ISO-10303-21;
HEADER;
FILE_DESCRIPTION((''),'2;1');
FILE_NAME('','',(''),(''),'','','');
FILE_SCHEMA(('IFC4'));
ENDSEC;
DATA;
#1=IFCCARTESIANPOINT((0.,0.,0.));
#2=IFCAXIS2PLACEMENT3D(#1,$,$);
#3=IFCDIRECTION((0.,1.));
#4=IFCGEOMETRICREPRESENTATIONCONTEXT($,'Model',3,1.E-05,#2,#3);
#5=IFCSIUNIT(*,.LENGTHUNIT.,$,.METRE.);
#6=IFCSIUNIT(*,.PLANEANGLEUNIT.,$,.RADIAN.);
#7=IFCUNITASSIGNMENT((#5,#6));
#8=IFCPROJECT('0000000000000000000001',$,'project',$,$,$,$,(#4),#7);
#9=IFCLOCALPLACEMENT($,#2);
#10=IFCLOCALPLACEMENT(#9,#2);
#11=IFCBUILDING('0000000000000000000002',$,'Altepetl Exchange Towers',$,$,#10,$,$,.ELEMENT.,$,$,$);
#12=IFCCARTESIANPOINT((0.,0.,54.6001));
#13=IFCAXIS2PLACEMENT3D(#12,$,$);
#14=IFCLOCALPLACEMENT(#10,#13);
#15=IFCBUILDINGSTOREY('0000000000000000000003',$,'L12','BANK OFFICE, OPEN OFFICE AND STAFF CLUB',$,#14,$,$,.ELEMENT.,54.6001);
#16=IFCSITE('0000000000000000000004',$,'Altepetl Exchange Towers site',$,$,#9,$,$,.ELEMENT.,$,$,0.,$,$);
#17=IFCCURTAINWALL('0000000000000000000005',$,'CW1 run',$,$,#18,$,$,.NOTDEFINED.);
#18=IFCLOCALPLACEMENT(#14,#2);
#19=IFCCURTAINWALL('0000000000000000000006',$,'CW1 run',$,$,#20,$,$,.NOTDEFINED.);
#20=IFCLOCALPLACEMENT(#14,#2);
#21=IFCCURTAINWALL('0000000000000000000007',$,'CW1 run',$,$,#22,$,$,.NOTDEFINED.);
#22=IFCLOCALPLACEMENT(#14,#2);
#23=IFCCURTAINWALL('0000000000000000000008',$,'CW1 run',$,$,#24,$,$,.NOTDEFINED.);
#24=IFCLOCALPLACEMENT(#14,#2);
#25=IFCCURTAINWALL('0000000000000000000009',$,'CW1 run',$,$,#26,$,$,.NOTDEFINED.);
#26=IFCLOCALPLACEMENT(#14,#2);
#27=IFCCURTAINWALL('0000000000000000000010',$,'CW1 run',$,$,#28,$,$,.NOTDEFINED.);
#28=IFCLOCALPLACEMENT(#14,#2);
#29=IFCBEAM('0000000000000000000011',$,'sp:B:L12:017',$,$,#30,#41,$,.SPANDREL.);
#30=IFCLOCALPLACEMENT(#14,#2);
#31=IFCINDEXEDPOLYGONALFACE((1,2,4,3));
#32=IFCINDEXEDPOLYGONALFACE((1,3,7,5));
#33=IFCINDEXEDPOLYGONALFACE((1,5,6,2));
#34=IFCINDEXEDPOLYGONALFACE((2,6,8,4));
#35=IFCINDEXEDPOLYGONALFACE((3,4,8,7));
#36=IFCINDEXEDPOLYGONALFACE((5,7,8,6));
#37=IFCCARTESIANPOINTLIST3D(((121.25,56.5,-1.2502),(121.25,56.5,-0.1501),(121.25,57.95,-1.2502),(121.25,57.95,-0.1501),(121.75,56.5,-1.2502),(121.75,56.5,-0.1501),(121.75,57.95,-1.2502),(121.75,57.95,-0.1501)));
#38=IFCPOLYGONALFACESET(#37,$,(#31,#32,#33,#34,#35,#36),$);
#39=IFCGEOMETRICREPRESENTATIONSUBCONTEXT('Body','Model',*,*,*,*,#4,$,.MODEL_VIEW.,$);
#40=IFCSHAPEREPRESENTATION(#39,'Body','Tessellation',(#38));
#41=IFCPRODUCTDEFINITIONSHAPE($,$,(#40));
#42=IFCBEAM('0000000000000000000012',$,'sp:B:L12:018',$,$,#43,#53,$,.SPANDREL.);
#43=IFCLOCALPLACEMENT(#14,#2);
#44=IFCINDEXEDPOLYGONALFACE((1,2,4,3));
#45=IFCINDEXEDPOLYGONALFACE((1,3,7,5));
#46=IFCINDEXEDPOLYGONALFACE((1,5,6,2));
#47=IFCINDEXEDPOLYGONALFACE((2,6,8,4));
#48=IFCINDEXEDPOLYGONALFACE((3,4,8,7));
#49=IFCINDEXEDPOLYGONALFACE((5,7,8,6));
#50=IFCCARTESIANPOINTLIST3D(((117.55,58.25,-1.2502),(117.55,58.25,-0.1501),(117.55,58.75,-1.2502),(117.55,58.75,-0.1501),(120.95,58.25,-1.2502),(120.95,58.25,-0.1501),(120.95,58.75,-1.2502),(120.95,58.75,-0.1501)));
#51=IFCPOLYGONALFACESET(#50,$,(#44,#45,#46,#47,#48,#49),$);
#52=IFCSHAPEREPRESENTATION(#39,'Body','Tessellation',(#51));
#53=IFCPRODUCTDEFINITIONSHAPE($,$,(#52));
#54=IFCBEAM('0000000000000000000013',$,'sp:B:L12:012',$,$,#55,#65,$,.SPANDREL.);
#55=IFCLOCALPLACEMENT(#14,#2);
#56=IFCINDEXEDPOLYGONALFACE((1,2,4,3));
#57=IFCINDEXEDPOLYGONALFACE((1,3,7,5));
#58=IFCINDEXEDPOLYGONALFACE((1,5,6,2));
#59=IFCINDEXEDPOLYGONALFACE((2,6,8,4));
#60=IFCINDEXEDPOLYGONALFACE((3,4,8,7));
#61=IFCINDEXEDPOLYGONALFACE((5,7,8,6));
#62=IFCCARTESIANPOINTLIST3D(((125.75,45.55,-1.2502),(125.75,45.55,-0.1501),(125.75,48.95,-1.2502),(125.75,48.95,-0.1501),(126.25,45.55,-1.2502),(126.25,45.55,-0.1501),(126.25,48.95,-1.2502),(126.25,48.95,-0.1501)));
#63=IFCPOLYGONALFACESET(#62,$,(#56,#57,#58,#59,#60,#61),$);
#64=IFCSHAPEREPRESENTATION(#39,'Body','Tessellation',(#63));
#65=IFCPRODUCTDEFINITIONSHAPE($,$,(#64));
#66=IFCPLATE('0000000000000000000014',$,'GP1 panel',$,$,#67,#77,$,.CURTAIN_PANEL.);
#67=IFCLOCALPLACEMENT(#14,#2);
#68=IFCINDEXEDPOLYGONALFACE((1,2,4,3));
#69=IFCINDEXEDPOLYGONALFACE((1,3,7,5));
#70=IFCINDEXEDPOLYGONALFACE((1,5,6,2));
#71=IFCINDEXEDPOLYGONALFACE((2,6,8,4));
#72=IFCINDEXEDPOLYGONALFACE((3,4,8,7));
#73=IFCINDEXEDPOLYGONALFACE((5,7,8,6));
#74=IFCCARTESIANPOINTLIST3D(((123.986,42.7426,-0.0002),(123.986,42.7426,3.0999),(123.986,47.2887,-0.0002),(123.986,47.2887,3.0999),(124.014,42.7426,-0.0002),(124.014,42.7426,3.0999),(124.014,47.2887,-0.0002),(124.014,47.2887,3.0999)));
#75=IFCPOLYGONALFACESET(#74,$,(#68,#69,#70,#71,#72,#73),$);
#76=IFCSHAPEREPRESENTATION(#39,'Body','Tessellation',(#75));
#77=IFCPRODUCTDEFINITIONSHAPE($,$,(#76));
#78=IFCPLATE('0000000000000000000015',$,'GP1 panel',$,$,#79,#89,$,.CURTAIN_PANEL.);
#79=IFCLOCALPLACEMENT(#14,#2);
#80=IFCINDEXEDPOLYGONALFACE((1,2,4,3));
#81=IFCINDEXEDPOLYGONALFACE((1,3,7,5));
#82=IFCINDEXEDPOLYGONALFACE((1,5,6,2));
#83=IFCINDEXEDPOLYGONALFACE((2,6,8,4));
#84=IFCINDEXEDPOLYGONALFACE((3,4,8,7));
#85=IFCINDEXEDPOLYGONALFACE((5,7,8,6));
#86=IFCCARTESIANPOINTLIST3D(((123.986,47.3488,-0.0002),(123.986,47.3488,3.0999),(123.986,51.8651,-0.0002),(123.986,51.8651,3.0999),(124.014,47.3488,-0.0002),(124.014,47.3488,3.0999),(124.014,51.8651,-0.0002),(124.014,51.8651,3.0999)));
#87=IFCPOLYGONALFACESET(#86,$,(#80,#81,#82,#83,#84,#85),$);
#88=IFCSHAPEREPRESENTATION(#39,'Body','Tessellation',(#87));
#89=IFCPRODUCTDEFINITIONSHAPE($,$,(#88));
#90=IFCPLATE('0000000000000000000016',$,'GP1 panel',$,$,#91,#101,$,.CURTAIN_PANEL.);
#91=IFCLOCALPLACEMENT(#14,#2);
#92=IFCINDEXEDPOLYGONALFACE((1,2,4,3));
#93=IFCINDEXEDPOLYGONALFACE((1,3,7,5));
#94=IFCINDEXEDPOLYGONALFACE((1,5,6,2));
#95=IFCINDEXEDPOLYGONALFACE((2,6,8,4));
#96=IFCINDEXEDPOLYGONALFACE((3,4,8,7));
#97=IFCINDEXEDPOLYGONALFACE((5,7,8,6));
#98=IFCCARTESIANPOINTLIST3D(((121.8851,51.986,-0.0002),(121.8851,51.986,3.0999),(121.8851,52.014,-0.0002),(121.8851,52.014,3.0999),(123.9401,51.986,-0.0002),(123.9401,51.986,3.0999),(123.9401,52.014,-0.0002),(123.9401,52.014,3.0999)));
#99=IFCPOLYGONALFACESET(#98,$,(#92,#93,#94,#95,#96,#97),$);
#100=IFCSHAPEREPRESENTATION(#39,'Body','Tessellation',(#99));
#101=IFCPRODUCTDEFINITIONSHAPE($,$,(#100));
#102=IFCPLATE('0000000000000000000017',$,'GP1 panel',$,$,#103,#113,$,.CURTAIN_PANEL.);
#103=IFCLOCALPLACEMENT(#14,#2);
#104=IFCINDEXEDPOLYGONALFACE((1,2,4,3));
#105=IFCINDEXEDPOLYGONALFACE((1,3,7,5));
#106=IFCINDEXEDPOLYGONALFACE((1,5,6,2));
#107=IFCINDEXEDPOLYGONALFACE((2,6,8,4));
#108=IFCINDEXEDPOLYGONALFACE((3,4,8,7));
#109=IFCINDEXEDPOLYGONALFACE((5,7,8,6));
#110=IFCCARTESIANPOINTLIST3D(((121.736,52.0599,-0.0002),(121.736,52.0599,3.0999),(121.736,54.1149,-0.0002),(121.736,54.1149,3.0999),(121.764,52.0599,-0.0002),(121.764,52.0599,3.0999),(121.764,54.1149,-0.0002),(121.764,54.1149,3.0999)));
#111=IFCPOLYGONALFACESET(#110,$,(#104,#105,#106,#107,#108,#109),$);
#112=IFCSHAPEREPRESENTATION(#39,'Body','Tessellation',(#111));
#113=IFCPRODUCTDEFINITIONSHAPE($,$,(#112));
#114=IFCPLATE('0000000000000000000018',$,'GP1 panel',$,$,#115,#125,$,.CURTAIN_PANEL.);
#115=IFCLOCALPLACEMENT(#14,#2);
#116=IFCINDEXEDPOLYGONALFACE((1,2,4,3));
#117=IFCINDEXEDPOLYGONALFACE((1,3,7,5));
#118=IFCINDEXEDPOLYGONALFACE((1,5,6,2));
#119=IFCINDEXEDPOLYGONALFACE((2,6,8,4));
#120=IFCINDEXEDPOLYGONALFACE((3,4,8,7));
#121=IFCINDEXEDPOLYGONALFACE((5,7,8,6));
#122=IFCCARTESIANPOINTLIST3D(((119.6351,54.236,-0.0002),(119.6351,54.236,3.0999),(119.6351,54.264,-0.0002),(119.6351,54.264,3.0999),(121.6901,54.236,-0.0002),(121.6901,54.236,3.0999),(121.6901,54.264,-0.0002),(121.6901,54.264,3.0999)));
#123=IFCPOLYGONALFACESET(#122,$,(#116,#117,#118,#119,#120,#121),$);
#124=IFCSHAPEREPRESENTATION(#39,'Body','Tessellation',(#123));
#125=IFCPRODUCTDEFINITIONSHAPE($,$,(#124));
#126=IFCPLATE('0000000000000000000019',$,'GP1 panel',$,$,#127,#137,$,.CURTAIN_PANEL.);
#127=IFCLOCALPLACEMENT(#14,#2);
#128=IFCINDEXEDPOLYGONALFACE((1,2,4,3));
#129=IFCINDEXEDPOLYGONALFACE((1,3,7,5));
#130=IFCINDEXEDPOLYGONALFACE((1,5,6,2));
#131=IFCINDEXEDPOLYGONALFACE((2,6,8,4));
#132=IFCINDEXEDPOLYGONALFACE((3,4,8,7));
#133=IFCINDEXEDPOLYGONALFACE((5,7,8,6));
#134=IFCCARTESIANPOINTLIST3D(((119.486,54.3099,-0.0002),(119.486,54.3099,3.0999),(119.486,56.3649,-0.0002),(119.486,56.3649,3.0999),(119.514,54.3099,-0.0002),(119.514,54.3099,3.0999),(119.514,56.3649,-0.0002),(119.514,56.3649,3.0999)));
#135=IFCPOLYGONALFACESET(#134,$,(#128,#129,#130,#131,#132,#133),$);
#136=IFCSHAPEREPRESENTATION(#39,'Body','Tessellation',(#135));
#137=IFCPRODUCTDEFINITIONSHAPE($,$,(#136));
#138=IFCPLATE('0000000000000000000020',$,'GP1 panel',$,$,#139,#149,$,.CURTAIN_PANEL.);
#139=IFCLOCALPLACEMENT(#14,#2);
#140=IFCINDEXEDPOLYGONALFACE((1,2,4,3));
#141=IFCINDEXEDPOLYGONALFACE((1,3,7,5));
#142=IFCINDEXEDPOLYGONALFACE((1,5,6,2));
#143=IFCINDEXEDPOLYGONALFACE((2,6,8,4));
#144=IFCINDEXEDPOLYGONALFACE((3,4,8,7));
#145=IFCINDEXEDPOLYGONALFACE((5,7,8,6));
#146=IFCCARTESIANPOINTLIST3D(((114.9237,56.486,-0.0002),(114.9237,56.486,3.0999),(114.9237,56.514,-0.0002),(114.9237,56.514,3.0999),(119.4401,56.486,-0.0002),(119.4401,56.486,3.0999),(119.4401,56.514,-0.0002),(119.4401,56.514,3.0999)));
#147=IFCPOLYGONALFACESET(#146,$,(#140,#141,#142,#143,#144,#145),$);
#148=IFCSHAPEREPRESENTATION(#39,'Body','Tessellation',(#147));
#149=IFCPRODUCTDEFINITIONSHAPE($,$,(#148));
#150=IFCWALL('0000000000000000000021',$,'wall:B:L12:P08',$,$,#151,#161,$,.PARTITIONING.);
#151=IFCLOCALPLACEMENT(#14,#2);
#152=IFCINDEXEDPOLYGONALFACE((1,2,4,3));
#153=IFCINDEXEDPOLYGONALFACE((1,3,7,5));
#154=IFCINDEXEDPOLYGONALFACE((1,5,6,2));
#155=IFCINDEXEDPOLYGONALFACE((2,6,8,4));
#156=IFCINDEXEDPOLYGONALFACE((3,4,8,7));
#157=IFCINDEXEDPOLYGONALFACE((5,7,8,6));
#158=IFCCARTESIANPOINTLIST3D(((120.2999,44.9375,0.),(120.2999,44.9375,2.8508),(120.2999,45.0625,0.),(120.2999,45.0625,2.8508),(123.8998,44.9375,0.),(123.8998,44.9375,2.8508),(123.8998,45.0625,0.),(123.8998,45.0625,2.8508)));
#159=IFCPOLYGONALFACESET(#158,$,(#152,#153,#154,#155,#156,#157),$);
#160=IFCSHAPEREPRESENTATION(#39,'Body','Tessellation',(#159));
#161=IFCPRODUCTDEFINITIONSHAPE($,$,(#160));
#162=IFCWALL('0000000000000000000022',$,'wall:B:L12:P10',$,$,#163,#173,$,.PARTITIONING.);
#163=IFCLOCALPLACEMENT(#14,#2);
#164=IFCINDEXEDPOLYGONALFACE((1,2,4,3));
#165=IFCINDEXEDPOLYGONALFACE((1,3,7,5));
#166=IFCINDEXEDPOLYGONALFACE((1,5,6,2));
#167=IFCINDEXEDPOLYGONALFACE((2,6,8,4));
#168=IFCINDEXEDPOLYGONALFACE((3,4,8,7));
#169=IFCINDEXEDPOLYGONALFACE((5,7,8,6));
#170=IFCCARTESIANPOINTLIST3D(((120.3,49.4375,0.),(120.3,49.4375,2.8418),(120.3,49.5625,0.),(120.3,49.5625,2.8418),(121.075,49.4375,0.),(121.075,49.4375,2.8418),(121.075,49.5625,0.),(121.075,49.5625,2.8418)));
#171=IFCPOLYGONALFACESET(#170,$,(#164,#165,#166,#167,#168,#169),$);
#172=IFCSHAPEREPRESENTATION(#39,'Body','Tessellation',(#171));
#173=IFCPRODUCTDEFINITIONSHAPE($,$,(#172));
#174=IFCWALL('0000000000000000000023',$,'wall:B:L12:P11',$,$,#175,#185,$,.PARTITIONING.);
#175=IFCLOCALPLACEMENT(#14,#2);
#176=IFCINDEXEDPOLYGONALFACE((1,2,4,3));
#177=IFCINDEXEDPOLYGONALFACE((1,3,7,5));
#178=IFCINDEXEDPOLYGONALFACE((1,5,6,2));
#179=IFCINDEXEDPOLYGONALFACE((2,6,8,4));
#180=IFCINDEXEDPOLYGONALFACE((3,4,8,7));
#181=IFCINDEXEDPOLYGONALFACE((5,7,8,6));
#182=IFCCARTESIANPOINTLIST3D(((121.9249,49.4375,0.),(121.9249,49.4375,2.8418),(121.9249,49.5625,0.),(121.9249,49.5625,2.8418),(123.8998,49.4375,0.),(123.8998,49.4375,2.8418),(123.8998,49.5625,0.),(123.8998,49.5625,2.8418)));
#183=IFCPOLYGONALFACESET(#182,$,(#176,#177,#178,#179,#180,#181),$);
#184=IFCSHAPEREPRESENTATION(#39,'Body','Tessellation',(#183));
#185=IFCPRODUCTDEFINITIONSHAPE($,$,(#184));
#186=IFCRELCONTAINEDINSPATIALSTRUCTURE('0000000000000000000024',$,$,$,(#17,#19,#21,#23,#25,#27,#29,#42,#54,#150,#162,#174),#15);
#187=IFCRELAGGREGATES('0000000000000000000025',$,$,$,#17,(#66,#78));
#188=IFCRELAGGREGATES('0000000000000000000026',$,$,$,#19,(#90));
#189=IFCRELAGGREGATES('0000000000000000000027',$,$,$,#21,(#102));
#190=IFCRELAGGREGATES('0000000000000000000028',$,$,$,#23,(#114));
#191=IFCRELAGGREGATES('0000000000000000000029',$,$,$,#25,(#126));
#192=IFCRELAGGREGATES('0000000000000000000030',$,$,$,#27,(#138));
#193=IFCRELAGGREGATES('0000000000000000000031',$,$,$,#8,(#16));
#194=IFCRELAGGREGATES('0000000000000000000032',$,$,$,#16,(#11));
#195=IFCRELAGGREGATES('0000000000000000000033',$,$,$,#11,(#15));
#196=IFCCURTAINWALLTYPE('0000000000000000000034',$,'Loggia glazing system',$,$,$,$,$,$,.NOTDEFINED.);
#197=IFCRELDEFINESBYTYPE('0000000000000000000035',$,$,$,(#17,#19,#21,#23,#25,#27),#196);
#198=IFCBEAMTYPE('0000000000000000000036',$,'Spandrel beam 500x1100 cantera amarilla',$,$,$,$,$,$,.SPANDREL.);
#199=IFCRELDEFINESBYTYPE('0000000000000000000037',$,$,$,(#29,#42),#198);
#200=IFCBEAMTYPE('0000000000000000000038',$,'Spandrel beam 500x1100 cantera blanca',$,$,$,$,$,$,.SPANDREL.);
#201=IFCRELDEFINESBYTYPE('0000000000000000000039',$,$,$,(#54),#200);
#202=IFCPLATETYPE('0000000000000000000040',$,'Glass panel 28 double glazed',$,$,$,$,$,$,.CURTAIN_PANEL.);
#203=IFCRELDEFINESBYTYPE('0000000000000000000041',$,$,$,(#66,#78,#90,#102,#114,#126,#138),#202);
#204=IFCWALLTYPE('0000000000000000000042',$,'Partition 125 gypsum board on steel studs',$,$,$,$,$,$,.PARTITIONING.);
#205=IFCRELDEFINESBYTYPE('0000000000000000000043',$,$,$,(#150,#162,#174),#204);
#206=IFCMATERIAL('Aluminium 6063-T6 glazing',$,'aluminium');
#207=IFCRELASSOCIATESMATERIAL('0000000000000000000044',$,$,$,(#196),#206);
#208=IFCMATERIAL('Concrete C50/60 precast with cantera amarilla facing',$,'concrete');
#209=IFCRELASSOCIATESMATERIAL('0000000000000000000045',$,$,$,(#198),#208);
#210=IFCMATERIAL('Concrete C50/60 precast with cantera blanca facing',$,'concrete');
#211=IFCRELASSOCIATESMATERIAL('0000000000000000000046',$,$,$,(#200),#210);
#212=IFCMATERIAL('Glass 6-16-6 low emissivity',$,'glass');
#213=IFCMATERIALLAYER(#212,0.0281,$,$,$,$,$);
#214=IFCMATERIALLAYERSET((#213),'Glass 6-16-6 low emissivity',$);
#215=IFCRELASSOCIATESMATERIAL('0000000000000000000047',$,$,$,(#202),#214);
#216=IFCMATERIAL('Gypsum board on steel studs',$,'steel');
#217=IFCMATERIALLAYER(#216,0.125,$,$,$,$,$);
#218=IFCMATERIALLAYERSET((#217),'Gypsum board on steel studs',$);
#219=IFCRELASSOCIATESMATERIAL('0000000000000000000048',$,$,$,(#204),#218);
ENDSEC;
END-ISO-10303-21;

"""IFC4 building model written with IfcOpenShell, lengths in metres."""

from ifc_helpers import new_model, si_unit, direction, frame, frame_2d, origin, origin_2d, place, context, subcontext, project, spatial, rectangle, extrude, material, layer, layer_set, material_profile, profile_set, type_object, element, aggregate, save


model = new_model("IFC4")

# Units and contexts
model_context = context("Model", 3, precision=1e-05, world=origin(), true_north=direction((0.0, 1.0)))
body_context = subcontext(model_context, "Body", "Model", "MODEL_VIEW")
ifc_project = project(units=[si_unit("LENGTHUNIT", "METRE"), si_unit("PLANEANGLEUNIT", "RADIAN")], contexts=[model_context])

# Site, building, storey
site_placement = place(None, origin())
site = spatial("IfcSite", under=ifc_project, at=site_placement, Name="Altepetl Exchange Towers site", CompositionType="ELEMENT", RefElevation=0.0)
building_placement = place(site_placement, origin())
building = spatial("IfcBuilding", under=site, at=building_placement, Name="Altepetl Exchange Towers", CompositionType="ELEMENT")
storey_placement = place(building_placement, frame((0.0, 0.0, 54.6001)))
storey = spatial("IfcBuildingStorey", under=building, at=storey_placement, Name="L12", Description="BANK OFFICE, OPEN OFFICE AND STAFF CLUB", CompositionType="ELEMENT", Elevation=54.6001)

# Curtain walls
ifc_material_1 = material(Name="Aluminium 6063-T6 glazing", Category="aluminium")
curtain_wall_type = type_object("IfcCurtainWallType", Name="Loggia glazing system", PredefinedType="NOTDEFINED", material=ifc_material_1)
curtain_wall_1_placement = place(storey_placement, origin())
curtain_wall_1 = element("IfcCurtainWall", 1, at=curtain_wall_1_placement, inside=storey, type_object=curtain_wall_type, Name="CW1 run", PredefinedType="NOTDEFINED")
curtain_wall_2_placement = place(storey_placement, origin())
curtain_wall_2 = element("IfcCurtainWall", 2, at=curtain_wall_2_placement, inside=storey, type_object=curtain_wall_type, Name="CW1 run", PredefinedType="NOTDEFINED")
curtain_wall_3_placement = place(storey_placement, origin())
curtain_wall_3 = element("IfcCurtainWall", 3, at=curtain_wall_3_placement, inside=storey, type_object=curtain_wall_type, Name="CW1 run", PredefinedType="NOTDEFINED")
curtain_wall_4_placement = place(storey_placement, origin())
curtain_wall_4 = element("IfcCurtainWall", 4, at=curtain_wall_4_placement, inside=storey, type_object=curtain_wall_type, Name="CW1 run", PredefinedType="NOTDEFINED")
curtain_wall_5_placement = place(storey_placement, origin())
curtain_wall_5 = element("IfcCurtainWall", 5, at=curtain_wall_5_placement, inside=storey, type_object=curtain_wall_type, Name="CW1 run", PredefinedType="NOTDEFINED")

# Curtain wall
curtain_wall_6_placement = place(storey_placement, origin())
curtain_wall_6 = element("IfcCurtainWall", 6, at=curtain_wall_6_placement, inside=storey, type_object=curtain_wall_type, Name="CW1 run", PredefinedType="NOTDEFINED")

# Beams
ifc_material_2 = material(Name="Concrete C50/60 precast with cantera amarilla facing", Category="concrete")
ifc_material_profile_1 = material_profile(ifc_material_2, rectangle(XDim=0.5, YDim=1.1001, at=origin_2d()), Name="500 x 1100")
ifc_profile_set_1 = profile_set([ifc_material_profile_1], Name="Concrete C50/60 precast with cantera amarilla facing")
beam_type_1 = type_object("IfcBeamType", Name="Spandrel beam 500x1100 cantera amarilla", PredefinedType="SPANDREL", material=ifc_profile_set_1)
beam_1_placement = place(storey_placement, frame((121.5, 56.5, -0.7002), z_axis=(0.0, 1.0, 0.0), x_axis=(-1.0, 0.0, 0.0)))
element("IfcBeam", 7, at=beam_1_placement, inside=storey, type_object=beam_type_1, Name="sp:B:L12:017", PredefinedType="SPANDREL", context=body_context, shape_type="SweptSolid", body=[
    extrude(rectangle(XDim=0.5, YDim=1.1001, at=origin_2d()), origin(), (0.0, 0.0, 1.0), 1.45),
])
beam_2_placement = place(storey_placement, frame((120.95, 58.5, -0.7002), z_axis=(-1.0, 0.0, 0.0), x_axis=(0.0, -1.0, 0.0)))
element("IfcBeam", 8, at=beam_2_placement, inside=storey, type_object=beam_type_1, Name="sp:B:L12:018", PredefinedType="SPANDREL", context=body_context, shape_type="SweptSolid", body=[
    extrude(rectangle(XDim=0.5, YDim=1.1001, at=origin_2d()), origin(), (0.0, 0.0, 1.0), 3.3999),
])
ifc_material_3 = material(Name="Concrete C50/60 precast with cantera blanca facing", Category="concrete")
ifc_material_profile_2 = material_profile(ifc_material_3, rectangle(XDim=0.5, YDim=1.1001, at=origin_2d()), Name="500 x 1100")
ifc_profile_set_2 = profile_set([ifc_material_profile_2], Name="Concrete C50/60 precast with cantera blanca facing")
beam_type_2 = type_object("IfcBeamType", Name="Spandrel beam 500x1100 cantera blanca", PredefinedType="SPANDREL", material=ifc_profile_set_2)
beam_3_placement = place(storey_placement, frame((126.0, 45.55, -0.7002), z_axis=(0.0, 1.0, 0.0), x_axis=(-1.0, 0.0, 0.0)))
element("IfcBeam", 9, at=beam_3_placement, inside=storey, type_object=beam_type_2, Name="sp:B:L12:012", PredefinedType="SPANDREL", context=body_context, shape_type="SweptSolid", body=[
    extrude(rectangle(XDim=0.5, YDim=1.1001, at=origin_2d()), origin(), (0.0, 0.0, 1.0), 3.3999),
])

# Plates
ifc_material_4 = material(Name="Glass 6-16-6 low emissivity", Category="glass")
ifc_layer_1 = layer(ifc_material_4, 0.0281)
ifc_layer_set_1 = layer_set([ifc_layer_1], Name="Glass 6-16-6 low emissivity")
plate_type = type_object("IfcPlateType", Name="Glass panel 28 double glazed", PredefinedType="CURTAIN_PANEL", material=ifc_layer_set_1)
plate_1_placement = place(storey_placement, frame((124.0, 45.0156, -0.0002), z_axis=(0.0, 0.0, 1.0), x_axis=(0.0, 1.0, 0.0)))
plate_1 = element("IfcPlate", 10, at=plate_1_placement, type_object=plate_type, Name="GP1 panel", PredefinedType="CURTAIN_PANEL", context=body_context, shape_type="SweptSolid", body=[
    extrude(rectangle(XDim=4.5461, YDim=0.0281, at=origin_2d()), origin(), (0.0, 0.0, 1.0), 3.1001),
])
plate_2_placement = place(storey_placement, frame((124.0, 49.6069, -0.0002), z_axis=(0.0, 0.0, 1.0), x_axis=(0.0, 1.0, 0.0)))
plate_2 = element("IfcPlate", 11, at=plate_2_placement, type_object=plate_type, Name="GP1 panel", PredefinedType="CURTAIN_PANEL", context=body_context, shape_type="SweptSolid", body=[
    extrude(rectangle(XDim=4.5164, YDim=0.0281, at=origin_2d()), origin(), (0.0, 0.0, 1.0), 3.1001),
])
aggregate(curtain_wall_1, [plate_1, plate_2])
plate_3_placement = place(storey_placement, frame((122.9126, 52.0, -0.0002), z_axis=(0.0, 0.0, 1.0), x_axis=(-1.0, 0.0, 0.0)))
plate_3 = element("IfcPlate", 12, at=plate_3_placement, type_object=plate_type, Name="GP1 panel", PredefinedType="CURTAIN_PANEL", context=body_context, shape_type="SweptSolid", body=[
    extrude(rectangle(XDim=2.0549, YDim=0.0281, at=origin_2d()), origin(), (0.0, 0.0, 1.0), 3.1001),
])
aggregate(curtain_wall_2, [plate_3])
plate_4_placement = place(storey_placement, frame((121.75, 53.0874, -0.0002), z_axis=(0.0, 0.0, 1.0), x_axis=(0.0, 1.0, 0.0)))
plate_4 = element("IfcPlate", 13, at=plate_4_placement, type_object=plate_type, Name="GP1 panel", PredefinedType="CURTAIN_PANEL", context=body_context, shape_type="SweptSolid", body=[
    extrude(rectangle(XDim=2.0549, YDim=0.0281, at=origin_2d()), origin(), (0.0, 0.0, 1.0), 3.1001),
])
aggregate(curtain_wall_3, [plate_4])
plate_5_placement = place(storey_placement, frame((120.6626, 54.25, -0.0002), z_axis=(0.0, 0.0, 1.0), x_axis=(-1.0, 0.0, 0.0)))
plate_5 = element("IfcPlate", 14, at=plate_5_placement, type_object=plate_type, Name="GP1 panel", PredefinedType="CURTAIN_PANEL", context=body_context, shape_type="SweptSolid", body=[
    extrude(rectangle(XDim=2.0549, YDim=0.0281, at=origin_2d()), origin(), (0.0, 0.0, 1.0), 3.1001),
])
aggregate(curtain_wall_4, [plate_5])
plate_6_placement = place(storey_placement, frame((119.5, 55.3374, -0.0002), z_axis=(0.0, 0.0, 1.0), x_axis=(0.0, 1.0, 0.0)))
plate_6 = element("IfcPlate", 15, at=plate_6_placement, type_object=plate_type, Name="GP1 panel", PredefinedType="CURTAIN_PANEL", context=body_context, shape_type="SweptSolid", body=[
    extrude(rectangle(XDim=2.0549, YDim=0.0281, at=origin_2d()), origin(), (0.0, 0.0, 1.0), 3.1001),
])
aggregate(curtain_wall_5, [plate_6])
plate_7_placement = place(storey_placement, frame((117.1819, 56.5, -0.0002), z_axis=(0.0, 0.0, 1.0), x_axis=(-1.0, 0.0, 0.0)))
plate_7 = element("IfcPlate", 16, at=plate_7_placement, type_object=plate_type, Name="GP1 panel", PredefinedType="CURTAIN_PANEL", context=body_context, shape_type="SweptSolid", body=[
    extrude(rectangle(XDim=4.5164, YDim=0.0281, at=origin_2d()), origin(), (0.0, 0.0, 1.0), 3.1001),
])
aggregate(curtain_wall_6, [plate_7])

# Walls
ifc_material_5 = material(Name="Gypsum board on steel studs", Category="steel")
ifc_layer_2 = layer(ifc_material_5, 0.125)
ifc_layer_set_2 = layer_set([ifc_layer_2], Name="Gypsum board on steel studs")
wall_type = type_object("IfcWallType", Name="Partition 125 gypsum board on steel studs", PredefinedType="PARTITIONING", material=ifc_layer_set_2)
wall_1_placement = place(storey_placement, frame((120.3, 45.0, 0.0)))
element("IfcWall", 17, at=wall_1_placement, inside=storey, type_object=wall_type, Name="wall:B:L12:P08", PredefinedType="PARTITIONING", context=body_context, shape_type="SweptSolid", body=[
    extrude(rectangle(XDim=3.5999, YDim=0.125, at=frame_2d((1.7998, 0.0))), origin(), (0.0, 0.0, 1.0), 2.8508),
])
wall_2_placement = place(storey_placement, frame((120.3, 49.5, 0.0)))
element("IfcWall", 18, at=wall_2_placement, inside=storey, type_object=wall_type, Name="wall:B:L12:P10", PredefinedType="PARTITIONING", context=body_context, shape_type="SweptSolid", body=[
    extrude(rectangle(XDim=0.7749, YDim=0.125, at=frame_2d((0.3875, 0.0))), origin(), (0.0, 0.0, 1.0), 2.8418),
])
wall_3_placement = place(storey_placement, frame((121.925, 49.5, 0.0)))
element("IfcWall", 19, at=wall_3_placement, inside=storey, type_object=wall_type, Name="wall:B:L12:P11", PredefinedType="PARTITIONING", context=body_context, shape_type="SweptSolid", body=[
    extrude(rectangle(XDim=1.9749, YDim=0.125, at=frame_2d((0.9873, 0.0))), origin(), (0.0, 0.0, 1.0), 2.8418),
])

save(model, "model.ifc")
